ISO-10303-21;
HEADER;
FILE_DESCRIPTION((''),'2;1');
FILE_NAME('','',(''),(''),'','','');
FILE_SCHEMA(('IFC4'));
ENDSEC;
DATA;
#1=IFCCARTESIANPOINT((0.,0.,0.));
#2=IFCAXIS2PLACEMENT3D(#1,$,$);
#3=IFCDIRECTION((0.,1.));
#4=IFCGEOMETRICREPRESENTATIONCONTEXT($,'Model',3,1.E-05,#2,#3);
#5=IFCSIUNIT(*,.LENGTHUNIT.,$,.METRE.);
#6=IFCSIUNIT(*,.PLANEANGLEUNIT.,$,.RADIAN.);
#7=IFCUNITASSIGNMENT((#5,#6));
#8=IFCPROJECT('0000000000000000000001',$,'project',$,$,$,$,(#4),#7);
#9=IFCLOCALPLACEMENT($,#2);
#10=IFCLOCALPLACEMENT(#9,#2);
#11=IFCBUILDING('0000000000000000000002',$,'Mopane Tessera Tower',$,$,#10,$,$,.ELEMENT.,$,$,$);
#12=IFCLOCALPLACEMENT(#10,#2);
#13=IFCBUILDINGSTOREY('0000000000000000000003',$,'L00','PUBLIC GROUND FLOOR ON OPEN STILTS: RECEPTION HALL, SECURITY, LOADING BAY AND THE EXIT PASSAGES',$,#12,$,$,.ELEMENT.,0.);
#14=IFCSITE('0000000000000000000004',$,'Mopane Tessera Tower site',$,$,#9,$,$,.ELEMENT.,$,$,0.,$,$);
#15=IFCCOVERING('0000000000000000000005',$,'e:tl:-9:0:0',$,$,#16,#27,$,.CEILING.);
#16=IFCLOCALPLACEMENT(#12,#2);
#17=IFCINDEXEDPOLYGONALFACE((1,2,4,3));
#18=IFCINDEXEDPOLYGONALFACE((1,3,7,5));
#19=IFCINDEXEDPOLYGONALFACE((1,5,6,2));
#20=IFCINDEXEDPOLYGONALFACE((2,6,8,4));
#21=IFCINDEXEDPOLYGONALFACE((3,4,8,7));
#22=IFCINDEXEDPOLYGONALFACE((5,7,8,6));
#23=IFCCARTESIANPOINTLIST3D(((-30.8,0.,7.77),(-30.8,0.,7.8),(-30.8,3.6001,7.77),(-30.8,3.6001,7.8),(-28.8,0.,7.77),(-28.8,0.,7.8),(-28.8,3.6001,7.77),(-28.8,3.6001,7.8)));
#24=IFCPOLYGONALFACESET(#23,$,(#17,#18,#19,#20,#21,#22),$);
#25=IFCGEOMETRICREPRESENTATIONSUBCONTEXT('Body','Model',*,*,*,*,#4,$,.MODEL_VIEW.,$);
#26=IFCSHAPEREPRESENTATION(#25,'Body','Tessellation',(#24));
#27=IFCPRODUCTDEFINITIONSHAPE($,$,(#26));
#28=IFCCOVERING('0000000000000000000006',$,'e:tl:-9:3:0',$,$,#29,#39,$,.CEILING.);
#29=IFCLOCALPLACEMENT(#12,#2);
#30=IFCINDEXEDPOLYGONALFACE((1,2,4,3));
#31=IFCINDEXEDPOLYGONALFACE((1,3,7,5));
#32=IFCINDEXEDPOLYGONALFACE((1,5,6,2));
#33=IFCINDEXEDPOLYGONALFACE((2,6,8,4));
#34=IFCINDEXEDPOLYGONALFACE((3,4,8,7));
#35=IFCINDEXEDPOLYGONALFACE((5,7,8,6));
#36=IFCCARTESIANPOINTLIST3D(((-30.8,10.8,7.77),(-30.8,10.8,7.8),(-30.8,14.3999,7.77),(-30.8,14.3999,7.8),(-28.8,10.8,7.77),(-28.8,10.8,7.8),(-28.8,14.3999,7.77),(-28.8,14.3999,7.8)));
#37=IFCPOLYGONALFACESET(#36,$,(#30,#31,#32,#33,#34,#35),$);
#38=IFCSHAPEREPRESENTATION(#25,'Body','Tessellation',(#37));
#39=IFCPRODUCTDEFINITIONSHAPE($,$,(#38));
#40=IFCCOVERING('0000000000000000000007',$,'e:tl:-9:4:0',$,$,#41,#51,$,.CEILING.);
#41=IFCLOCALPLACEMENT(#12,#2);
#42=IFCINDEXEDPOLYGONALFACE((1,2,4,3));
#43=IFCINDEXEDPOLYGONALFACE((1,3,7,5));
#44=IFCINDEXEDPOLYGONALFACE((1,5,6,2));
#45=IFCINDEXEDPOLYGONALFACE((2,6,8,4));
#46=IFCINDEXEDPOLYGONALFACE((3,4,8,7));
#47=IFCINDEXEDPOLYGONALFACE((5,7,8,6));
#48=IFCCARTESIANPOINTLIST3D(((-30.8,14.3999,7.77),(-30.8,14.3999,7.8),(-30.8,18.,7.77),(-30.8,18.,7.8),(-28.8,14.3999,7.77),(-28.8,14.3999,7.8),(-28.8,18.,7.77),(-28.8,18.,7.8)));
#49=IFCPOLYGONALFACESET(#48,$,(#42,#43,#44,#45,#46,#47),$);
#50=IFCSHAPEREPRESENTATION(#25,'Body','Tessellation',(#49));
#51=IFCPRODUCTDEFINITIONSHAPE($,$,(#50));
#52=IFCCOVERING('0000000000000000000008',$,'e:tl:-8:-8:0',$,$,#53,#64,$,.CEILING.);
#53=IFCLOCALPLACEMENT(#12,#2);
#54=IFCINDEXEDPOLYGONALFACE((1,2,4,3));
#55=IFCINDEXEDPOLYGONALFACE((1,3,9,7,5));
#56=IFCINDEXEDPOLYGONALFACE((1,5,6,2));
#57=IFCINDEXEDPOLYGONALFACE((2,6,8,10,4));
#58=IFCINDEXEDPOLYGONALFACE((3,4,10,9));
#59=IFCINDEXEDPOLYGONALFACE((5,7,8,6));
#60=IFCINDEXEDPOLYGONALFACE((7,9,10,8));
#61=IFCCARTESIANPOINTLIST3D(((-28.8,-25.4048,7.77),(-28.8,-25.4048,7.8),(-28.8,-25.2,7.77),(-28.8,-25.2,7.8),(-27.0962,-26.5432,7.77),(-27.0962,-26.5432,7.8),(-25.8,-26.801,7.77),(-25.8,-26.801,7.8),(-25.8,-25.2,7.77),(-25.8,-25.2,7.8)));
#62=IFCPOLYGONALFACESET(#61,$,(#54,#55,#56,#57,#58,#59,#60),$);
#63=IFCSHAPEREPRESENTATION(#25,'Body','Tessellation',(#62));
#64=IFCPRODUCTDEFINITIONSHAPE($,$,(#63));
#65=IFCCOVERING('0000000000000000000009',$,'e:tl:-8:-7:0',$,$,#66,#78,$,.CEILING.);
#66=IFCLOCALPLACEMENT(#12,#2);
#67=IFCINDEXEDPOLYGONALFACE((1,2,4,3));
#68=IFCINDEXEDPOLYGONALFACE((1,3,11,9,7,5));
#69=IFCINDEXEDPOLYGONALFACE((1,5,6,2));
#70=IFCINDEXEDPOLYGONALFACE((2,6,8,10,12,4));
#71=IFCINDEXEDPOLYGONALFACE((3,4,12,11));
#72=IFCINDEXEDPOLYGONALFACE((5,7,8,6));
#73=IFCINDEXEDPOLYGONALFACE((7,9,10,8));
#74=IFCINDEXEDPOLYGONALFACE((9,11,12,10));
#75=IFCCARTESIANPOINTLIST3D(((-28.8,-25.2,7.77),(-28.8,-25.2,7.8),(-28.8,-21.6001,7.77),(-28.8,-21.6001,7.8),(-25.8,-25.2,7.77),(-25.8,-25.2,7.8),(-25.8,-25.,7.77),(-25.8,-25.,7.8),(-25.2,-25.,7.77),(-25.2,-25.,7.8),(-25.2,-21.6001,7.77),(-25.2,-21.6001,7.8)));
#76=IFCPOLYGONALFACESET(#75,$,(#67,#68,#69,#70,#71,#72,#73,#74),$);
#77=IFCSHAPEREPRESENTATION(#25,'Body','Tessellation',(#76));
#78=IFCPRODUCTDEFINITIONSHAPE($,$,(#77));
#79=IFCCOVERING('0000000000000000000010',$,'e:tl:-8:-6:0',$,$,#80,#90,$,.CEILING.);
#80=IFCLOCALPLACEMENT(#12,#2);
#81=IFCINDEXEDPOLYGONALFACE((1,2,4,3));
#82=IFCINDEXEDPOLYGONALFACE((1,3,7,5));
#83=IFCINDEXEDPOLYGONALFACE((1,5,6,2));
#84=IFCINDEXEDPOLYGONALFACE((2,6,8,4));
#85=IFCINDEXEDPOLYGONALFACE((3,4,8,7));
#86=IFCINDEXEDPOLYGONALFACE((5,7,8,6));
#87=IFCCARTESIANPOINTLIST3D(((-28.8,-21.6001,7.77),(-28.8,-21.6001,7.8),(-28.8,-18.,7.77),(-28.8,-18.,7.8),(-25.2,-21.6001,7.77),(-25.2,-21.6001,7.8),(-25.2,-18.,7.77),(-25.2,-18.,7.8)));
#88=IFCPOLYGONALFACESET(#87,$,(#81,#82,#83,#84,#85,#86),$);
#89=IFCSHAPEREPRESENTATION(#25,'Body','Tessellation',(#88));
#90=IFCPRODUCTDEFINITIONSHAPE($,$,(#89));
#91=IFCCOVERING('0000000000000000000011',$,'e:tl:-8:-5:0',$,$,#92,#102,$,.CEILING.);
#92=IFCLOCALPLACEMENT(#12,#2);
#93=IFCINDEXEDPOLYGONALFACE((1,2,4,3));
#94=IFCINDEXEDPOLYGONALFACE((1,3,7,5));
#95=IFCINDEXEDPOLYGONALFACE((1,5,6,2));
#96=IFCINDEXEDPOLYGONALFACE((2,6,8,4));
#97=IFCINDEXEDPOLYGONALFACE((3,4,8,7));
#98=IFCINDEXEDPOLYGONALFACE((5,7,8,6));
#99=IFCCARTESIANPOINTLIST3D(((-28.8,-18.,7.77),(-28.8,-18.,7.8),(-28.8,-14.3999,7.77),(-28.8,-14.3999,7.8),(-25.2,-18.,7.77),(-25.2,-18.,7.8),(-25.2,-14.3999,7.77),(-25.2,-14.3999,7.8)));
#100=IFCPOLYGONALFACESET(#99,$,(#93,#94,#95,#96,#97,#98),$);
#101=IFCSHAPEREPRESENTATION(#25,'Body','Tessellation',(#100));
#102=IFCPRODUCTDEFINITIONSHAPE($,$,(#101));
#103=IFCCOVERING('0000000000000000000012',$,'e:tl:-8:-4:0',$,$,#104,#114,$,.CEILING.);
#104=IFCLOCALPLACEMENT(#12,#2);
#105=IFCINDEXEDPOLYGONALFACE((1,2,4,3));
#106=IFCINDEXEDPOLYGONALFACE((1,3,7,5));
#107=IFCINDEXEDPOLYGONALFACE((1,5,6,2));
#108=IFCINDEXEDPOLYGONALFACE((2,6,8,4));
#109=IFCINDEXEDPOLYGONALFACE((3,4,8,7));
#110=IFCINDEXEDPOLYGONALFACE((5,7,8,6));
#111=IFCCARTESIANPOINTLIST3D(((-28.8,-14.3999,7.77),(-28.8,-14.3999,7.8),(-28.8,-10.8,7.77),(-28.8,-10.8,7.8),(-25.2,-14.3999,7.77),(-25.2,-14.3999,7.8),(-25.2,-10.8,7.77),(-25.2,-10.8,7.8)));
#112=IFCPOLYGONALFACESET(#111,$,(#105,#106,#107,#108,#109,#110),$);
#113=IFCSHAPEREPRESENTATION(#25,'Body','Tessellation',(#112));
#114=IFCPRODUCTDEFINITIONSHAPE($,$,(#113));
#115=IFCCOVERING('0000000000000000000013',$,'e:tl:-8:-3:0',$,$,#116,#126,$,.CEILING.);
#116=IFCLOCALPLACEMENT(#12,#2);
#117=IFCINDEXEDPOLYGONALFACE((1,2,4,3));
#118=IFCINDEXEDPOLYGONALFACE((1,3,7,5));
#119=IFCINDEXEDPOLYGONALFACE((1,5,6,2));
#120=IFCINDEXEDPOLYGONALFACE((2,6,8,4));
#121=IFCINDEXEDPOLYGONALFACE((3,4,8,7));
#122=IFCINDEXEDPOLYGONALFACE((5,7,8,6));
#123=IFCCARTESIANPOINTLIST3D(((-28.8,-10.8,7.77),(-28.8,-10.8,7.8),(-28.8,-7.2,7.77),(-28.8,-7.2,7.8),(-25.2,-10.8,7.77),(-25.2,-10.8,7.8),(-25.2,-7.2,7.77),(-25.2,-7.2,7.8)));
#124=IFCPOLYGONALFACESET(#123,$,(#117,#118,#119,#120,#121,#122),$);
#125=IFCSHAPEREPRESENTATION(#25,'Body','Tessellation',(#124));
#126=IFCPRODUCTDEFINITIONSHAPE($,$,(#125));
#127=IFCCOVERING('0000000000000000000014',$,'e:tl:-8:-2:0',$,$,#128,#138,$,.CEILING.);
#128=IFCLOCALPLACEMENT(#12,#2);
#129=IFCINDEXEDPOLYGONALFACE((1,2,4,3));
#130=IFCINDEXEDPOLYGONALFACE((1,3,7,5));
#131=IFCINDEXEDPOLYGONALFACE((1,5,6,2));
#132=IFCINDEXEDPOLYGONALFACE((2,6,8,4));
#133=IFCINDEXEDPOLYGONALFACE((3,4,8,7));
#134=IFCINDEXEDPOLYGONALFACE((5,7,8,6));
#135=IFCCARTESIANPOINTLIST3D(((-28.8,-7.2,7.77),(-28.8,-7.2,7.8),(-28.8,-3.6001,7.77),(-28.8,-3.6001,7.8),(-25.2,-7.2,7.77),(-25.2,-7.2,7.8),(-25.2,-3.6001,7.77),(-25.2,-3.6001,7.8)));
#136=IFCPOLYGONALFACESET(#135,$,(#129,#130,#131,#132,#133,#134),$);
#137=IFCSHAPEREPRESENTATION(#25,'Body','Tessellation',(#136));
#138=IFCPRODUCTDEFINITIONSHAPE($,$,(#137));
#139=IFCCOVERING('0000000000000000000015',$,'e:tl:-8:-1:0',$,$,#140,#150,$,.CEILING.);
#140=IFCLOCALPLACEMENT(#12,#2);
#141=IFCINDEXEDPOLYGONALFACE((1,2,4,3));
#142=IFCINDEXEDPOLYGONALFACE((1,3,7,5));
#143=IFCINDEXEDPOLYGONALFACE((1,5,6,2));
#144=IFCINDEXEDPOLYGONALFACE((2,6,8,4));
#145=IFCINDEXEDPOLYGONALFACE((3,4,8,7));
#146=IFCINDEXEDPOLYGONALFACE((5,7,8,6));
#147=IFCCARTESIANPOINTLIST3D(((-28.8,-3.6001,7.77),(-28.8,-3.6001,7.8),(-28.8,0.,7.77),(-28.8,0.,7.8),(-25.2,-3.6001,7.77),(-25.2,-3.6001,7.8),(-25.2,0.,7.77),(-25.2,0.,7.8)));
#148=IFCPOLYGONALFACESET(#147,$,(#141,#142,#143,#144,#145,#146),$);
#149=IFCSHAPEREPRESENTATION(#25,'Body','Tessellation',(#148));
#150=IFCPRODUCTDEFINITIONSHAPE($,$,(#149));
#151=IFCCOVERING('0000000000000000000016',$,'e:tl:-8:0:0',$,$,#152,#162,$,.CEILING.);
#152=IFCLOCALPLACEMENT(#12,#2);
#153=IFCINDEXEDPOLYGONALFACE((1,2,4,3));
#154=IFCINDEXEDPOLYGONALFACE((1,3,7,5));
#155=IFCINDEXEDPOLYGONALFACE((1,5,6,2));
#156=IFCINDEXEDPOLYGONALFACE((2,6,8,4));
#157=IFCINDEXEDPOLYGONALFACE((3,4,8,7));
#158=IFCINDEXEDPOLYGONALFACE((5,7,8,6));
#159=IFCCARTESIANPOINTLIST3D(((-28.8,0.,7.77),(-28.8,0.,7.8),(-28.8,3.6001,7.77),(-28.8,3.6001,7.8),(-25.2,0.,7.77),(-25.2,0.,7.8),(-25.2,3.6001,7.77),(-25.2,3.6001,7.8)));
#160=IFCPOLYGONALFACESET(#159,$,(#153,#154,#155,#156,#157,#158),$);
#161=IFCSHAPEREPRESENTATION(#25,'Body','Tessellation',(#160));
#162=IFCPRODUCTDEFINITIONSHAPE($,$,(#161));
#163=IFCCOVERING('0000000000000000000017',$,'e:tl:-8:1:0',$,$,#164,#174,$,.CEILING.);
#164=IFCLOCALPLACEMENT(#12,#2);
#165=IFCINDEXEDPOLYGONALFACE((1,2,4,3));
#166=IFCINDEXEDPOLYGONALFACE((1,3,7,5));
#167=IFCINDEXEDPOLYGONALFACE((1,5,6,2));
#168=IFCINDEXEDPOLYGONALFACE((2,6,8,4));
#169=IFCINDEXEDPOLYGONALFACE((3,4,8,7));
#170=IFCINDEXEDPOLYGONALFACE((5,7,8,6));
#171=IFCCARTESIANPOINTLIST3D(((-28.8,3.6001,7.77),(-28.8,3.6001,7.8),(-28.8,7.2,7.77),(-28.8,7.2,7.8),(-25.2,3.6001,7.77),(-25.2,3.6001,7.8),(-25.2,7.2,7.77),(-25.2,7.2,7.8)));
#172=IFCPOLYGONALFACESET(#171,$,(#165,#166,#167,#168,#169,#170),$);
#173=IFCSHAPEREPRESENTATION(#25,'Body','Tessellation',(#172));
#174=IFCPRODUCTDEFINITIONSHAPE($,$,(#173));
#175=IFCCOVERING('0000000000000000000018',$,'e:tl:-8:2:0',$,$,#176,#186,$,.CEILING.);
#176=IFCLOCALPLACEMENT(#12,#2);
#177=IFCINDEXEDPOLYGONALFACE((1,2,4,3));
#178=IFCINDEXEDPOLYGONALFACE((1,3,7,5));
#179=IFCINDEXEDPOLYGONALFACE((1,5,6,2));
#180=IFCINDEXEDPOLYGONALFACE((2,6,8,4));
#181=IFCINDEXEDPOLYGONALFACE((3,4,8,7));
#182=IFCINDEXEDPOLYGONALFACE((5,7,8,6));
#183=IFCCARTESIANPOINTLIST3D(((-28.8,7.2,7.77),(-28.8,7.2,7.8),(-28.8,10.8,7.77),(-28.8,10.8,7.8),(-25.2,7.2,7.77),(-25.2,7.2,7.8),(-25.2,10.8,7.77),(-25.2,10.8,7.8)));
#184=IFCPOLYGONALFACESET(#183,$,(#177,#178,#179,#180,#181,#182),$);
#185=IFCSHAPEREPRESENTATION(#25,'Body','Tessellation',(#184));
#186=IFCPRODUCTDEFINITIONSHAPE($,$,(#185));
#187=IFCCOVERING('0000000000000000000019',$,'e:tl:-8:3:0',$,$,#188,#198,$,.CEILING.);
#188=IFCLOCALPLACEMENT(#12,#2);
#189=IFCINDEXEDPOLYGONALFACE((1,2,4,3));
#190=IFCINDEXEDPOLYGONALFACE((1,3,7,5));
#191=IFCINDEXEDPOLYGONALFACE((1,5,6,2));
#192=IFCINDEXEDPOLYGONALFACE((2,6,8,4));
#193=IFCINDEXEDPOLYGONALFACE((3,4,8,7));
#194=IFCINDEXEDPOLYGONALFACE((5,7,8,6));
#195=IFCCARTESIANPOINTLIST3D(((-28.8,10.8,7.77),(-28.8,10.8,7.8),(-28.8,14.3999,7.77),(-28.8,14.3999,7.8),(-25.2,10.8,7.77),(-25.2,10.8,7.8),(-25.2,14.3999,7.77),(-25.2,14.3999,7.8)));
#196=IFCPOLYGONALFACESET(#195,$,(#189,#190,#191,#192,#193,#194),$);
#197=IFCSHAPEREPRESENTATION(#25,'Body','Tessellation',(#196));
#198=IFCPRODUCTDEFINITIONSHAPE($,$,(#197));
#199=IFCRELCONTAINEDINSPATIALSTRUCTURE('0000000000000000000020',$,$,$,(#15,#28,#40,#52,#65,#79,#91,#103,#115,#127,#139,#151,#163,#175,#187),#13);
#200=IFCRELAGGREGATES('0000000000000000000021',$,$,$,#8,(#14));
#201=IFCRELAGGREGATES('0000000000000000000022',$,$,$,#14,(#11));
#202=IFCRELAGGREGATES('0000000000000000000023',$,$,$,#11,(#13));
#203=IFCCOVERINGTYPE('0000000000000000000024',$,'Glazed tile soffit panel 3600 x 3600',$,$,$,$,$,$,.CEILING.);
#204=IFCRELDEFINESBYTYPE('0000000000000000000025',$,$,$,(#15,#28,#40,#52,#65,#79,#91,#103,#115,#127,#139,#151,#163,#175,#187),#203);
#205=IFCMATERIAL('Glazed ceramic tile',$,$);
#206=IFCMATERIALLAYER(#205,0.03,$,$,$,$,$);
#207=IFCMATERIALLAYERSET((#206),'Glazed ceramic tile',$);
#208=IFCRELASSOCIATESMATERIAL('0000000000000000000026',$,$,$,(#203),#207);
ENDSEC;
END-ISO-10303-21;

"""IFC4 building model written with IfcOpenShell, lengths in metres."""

from ifc_helpers import new_model, si_unit, direction, frame, origin, place, context, subcontext, project, spatial, polyline, outline, extrude, material, layer, layer_set, type_object, element, save


model = new_model("IFC4")

# Units and contexts
model_context = context("Model", 3, precision=1e-05, world=origin(), true_north=direction((0.0, 1.0)))
body_context = subcontext(model_context, "Body", "Model", "MODEL_VIEW")
ifc_project = project(units=[si_unit("LENGTHUNIT", "METRE"), si_unit("PLANEANGLEUNIT", "RADIAN")], contexts=[model_context])

# Site, building, storey
site_placement = place(None, origin())
site = spatial("IfcSite", under=ifc_project, at=site_placement, Name="Mopane Tessera Tower site", CompositionType="ELEMENT", RefElevation=0.0)
building_placement = place(site_placement, origin())
building = spatial("IfcBuilding", under=site, at=building_placement, Name="Mopane Tessera Tower", CompositionType="ELEMENT")
storey_placement = place(building_placement, origin())
storey = spatial("IfcBuildingStorey", under=building, at=storey_placement, Name="L00", Description="PUBLIC GROUND FLOOR ON OPEN STILTS: RECEPTION HALL, SECURITY, LOADING BAY AND THE EXIT PASSAGES", CompositionType="ELEMENT", Elevation=0.0)

# Coverings
ifc_material = material(Name="Glazed ceramic tile")
ifc_layer = layer(ifc_material, 0.03)
ifc_layer_set = layer_set([ifc_layer], Name="Glazed ceramic tile")
covering_type = type_object("IfcCoveringType", Name="Glazed tile soffit panel 3600 x 3600", PredefinedType="CEILING", material=ifc_layer_set)
covering_1_placement = place(storey_placement, frame((0.0, 0.0, 7.77)))
element("IfcCovering", 1, at=covering_1_placement, inside=storey, type_object=covering_type, Name="e:tl:-9:0:0", PredefinedType="CEILING", context=body_context, shape_type="SweptSolid", body=[
    extrude(outline(polyline([(-30.8, 3.6001), (-28.8, 3.6001), (-28.8, 0.0), (-30.8, 0.0), (-30.8, 3.6001)])), origin(), (0.0, 0.0, 1.0), 0.03),
])
covering_2_placement = place(storey_placement, frame((0.0, 0.0, 7.77)))
element("IfcCovering", 2, at=covering_2_placement, inside=storey, type_object=covering_type, Name="e:tl:-9:3:0", PredefinedType="CEILING", context=body_context, shape_type="SweptSolid", body=[
    extrude(outline(polyline([(-30.8, 14.3999), (-28.8, 14.3999), (-28.8, 10.8), (-30.8, 10.8), (-30.8, 14.3999)])), origin(), (0.0, 0.0, 1.0), 0.03),
])
covering_3_placement = place(storey_placement, frame((0.0, 0.0, 7.77)))
element("IfcCovering", 3, at=covering_3_placement, inside=storey, type_object=covering_type, Name="e:tl:-9:4:0", PredefinedType="CEILING", context=body_context, shape_type="SweptSolid", body=[
    extrude(outline(polyline([(-30.8, 18.0), (-28.8, 18.0), (-28.8, 14.3999), (-30.8, 14.3999), (-30.8, 18.0)])), origin(), (0.0, 0.0, 1.0), 0.03),
])
covering_4_placement = place(storey_placement, frame((0.0, 0.0, 7.77)))
element("IfcCovering", 4, at=covering_4_placement, inside=storey, type_object=covering_type, Name="e:tl:-8:-8:0", PredefinedType="CEILING", context=body_context, shape_type="SweptSolid", body=[
    extrude(outline(polyline([(-25.8, -26.801), (-27.0962, -26.5432), (-28.8, -25.4048), (-28.8, -25.2), (-25.8, -25.2), (-25.8, -26.801)])), origin(), (0.0, 0.0, 1.0), 0.03),
])
covering_5_placement = place(storey_placement, frame((0.0, 0.0, 7.77)))
element("IfcCovering", 5, at=covering_5_placement, inside=storey, type_object=covering_type, Name="e:tl:-8:-7:0", PredefinedType="CEILING", context=body_context, shape_type="SweptSolid", body=[
    extrude(outline(polyline([(-28.8, -21.6001), (-25.2, -21.6001), (-25.2, -25.0), (-25.8, -25.0), (-25.8, -25.2), (-28.8, -25.2), (-28.8, -21.6001)])), origin(), (0.0, 0.0, 1.0), 0.03),
])
covering_6_placement = place(storey_placement, frame((0.0, 0.0, 7.77)))
element("IfcCovering", 6, at=covering_6_placement, inside=storey, type_object=covering_type, Name="e:tl:-8:-6:0", PredefinedType="CEILING", context=body_context, shape_type="SweptSolid", body=[
    extrude(outline(polyline([(-28.8, -21.6001), (-28.8, -18.0), (-25.2, -18.0), (-25.2, -21.6001), (-28.8, -21.6001)])), origin(), (0.0, 0.0, 1.0), 0.03),
])
covering_7_placement = place(storey_placement, frame((0.0, 0.0, 7.77)))
element("IfcCovering", 7, at=covering_7_placement, inside=storey, type_object=covering_type, Name="e:tl:-8:-5:0", PredefinedType="CEILING", context=body_context, shape_type="SweptSolid", body=[
    extrude(outline(polyline([(-28.8, -18.0), (-28.8, -14.3999), (-25.2, -14.3999), (-25.2, -18.0), (-28.8, -18.0)])), origin(), (0.0, 0.0, 1.0), 0.03),
])
covering_8_placement = place(storey_placement, frame((0.0, 0.0, 7.77)))
element("IfcCovering", 8, at=covering_8_placement, inside=storey, type_object=covering_type, Name="e:tl:-8:-4:0", PredefinedType="CEILING", context=body_context, shape_type="SweptSolid", body=[
    extrude(outline(polyline([(-28.8, -14.3999), (-28.8, -10.8), (-25.2, -10.8), (-25.2, -14.3999), (-28.8, -14.3999)])), origin(), (0.0, 0.0, 1.0), 0.03),
])
covering_9_placement = place(storey_placement, frame((0.0, 0.0, 7.77)))
element("IfcCovering", 9, at=covering_9_placement, inside=storey, type_object=covering_type, Name="e:tl:-8:-3:0", PredefinedType="CEILING", context=body_context, shape_type="SweptSolid", body=[
    extrude(outline(polyline([(-28.8, -7.2), (-25.2, -7.2), (-25.2, -10.8), (-28.8, -10.8), (-28.8, -7.2)])), origin(), (0.0, 0.0, 1.0), 0.03),
])
covering_10_placement = place(storey_placement, frame((0.0, 0.0, 7.77)))
element("IfcCovering", 10, at=covering_10_placement, inside=storey, type_object=covering_type, Name="e:tl:-8:-2:0", PredefinedType="CEILING", context=body_context, shape_type="SweptSolid", body=[
    extrude(outline(polyline([(-28.8, -7.2), (-28.8, -3.6001), (-25.2, -3.6001), (-25.2, -7.2), (-28.8, -7.2)])), origin(), (0.0, 0.0, 1.0), 0.03),
])
covering_11_placement = place(storey_placement, frame((0.0, 0.0, 7.77)))
element("IfcCovering", 11, at=covering_11_placement, inside=storey, type_object=covering_type, Name="e:tl:-8:-1:0", PredefinedType="CEILING", context=body_context, shape_type="SweptSolid", body=[
    extrude(outline(polyline([(-28.8, -3.6001), (-28.8, 0.0), (-25.2, 0.0), (-25.2, -3.6001), (-28.8, -3.6001)])), origin(), (0.0, 0.0, 1.0), 0.03),
])
covering_12_placement = place(storey_placement, frame((0.0, 0.0, 7.77)))
element("IfcCovering", 12, at=covering_12_placement, inside=storey, type_object=covering_type, Name="e:tl:-8:0:0", PredefinedType="CEILING", context=body_context, shape_type="SweptSolid", body=[
    extrude(outline(polyline([(-28.8, 0.0), (-28.8, 3.6001), (-25.2, 3.6001), (-25.2, 0.0), (-28.8, 0.0)])), origin(), (0.0, 0.0, 1.0), 0.03),
])
covering_13_placement = place(storey_placement, frame((0.0, 0.0, 7.77)))
element("IfcCovering", 13, at=covering_13_placement, inside=storey, type_object=covering_type, Name="e:tl:-8:1:0", PredefinedType="CEILING", context=body_context, shape_type="SweptSolid", body=[
    extrude(outline(polyline([(-28.8, 7.2), (-25.2, 7.2), (-25.2, 3.6001), (-28.8, 3.6001), (-28.8, 7.2)])), origin(), (0.0, 0.0, 1.0), 0.03),
])
covering_14_placement = place(storey_placement, frame((0.0, 0.0, 7.77)))
element("IfcCovering", 14, at=covering_14_placement, inside=storey, type_object=covering_type, Name="e:tl:-8:2:0", PredefinedType="CEILING", context=body_context, shape_type="SweptSolid", body=[
    extrude(outline(polyline([(-28.8, 7.2), (-28.8, 10.8), (-25.2, 10.8), (-25.2, 7.2), (-28.8, 7.2)])), origin(), (0.0, 0.0, 1.0), 0.03),
])
covering_15_placement = place(storey_placement, frame((0.0, 0.0, 7.77)))
element("IfcCovering", 15, at=covering_15_placement, inside=storey, type_object=covering_type, Name="e:tl:-8:3:0", PredefinedType="CEILING", context=body_context, shape_type="SweptSolid", body=[
    extrude(outline(polyline([(-28.8, 10.8), (-28.8, 14.3999), (-25.2, 14.3999), (-25.2, 10.8), (-28.8, 10.8)])), origin(), (0.0, 0.0, 1.0), 0.03),
])

save(model, "model.ifc")
